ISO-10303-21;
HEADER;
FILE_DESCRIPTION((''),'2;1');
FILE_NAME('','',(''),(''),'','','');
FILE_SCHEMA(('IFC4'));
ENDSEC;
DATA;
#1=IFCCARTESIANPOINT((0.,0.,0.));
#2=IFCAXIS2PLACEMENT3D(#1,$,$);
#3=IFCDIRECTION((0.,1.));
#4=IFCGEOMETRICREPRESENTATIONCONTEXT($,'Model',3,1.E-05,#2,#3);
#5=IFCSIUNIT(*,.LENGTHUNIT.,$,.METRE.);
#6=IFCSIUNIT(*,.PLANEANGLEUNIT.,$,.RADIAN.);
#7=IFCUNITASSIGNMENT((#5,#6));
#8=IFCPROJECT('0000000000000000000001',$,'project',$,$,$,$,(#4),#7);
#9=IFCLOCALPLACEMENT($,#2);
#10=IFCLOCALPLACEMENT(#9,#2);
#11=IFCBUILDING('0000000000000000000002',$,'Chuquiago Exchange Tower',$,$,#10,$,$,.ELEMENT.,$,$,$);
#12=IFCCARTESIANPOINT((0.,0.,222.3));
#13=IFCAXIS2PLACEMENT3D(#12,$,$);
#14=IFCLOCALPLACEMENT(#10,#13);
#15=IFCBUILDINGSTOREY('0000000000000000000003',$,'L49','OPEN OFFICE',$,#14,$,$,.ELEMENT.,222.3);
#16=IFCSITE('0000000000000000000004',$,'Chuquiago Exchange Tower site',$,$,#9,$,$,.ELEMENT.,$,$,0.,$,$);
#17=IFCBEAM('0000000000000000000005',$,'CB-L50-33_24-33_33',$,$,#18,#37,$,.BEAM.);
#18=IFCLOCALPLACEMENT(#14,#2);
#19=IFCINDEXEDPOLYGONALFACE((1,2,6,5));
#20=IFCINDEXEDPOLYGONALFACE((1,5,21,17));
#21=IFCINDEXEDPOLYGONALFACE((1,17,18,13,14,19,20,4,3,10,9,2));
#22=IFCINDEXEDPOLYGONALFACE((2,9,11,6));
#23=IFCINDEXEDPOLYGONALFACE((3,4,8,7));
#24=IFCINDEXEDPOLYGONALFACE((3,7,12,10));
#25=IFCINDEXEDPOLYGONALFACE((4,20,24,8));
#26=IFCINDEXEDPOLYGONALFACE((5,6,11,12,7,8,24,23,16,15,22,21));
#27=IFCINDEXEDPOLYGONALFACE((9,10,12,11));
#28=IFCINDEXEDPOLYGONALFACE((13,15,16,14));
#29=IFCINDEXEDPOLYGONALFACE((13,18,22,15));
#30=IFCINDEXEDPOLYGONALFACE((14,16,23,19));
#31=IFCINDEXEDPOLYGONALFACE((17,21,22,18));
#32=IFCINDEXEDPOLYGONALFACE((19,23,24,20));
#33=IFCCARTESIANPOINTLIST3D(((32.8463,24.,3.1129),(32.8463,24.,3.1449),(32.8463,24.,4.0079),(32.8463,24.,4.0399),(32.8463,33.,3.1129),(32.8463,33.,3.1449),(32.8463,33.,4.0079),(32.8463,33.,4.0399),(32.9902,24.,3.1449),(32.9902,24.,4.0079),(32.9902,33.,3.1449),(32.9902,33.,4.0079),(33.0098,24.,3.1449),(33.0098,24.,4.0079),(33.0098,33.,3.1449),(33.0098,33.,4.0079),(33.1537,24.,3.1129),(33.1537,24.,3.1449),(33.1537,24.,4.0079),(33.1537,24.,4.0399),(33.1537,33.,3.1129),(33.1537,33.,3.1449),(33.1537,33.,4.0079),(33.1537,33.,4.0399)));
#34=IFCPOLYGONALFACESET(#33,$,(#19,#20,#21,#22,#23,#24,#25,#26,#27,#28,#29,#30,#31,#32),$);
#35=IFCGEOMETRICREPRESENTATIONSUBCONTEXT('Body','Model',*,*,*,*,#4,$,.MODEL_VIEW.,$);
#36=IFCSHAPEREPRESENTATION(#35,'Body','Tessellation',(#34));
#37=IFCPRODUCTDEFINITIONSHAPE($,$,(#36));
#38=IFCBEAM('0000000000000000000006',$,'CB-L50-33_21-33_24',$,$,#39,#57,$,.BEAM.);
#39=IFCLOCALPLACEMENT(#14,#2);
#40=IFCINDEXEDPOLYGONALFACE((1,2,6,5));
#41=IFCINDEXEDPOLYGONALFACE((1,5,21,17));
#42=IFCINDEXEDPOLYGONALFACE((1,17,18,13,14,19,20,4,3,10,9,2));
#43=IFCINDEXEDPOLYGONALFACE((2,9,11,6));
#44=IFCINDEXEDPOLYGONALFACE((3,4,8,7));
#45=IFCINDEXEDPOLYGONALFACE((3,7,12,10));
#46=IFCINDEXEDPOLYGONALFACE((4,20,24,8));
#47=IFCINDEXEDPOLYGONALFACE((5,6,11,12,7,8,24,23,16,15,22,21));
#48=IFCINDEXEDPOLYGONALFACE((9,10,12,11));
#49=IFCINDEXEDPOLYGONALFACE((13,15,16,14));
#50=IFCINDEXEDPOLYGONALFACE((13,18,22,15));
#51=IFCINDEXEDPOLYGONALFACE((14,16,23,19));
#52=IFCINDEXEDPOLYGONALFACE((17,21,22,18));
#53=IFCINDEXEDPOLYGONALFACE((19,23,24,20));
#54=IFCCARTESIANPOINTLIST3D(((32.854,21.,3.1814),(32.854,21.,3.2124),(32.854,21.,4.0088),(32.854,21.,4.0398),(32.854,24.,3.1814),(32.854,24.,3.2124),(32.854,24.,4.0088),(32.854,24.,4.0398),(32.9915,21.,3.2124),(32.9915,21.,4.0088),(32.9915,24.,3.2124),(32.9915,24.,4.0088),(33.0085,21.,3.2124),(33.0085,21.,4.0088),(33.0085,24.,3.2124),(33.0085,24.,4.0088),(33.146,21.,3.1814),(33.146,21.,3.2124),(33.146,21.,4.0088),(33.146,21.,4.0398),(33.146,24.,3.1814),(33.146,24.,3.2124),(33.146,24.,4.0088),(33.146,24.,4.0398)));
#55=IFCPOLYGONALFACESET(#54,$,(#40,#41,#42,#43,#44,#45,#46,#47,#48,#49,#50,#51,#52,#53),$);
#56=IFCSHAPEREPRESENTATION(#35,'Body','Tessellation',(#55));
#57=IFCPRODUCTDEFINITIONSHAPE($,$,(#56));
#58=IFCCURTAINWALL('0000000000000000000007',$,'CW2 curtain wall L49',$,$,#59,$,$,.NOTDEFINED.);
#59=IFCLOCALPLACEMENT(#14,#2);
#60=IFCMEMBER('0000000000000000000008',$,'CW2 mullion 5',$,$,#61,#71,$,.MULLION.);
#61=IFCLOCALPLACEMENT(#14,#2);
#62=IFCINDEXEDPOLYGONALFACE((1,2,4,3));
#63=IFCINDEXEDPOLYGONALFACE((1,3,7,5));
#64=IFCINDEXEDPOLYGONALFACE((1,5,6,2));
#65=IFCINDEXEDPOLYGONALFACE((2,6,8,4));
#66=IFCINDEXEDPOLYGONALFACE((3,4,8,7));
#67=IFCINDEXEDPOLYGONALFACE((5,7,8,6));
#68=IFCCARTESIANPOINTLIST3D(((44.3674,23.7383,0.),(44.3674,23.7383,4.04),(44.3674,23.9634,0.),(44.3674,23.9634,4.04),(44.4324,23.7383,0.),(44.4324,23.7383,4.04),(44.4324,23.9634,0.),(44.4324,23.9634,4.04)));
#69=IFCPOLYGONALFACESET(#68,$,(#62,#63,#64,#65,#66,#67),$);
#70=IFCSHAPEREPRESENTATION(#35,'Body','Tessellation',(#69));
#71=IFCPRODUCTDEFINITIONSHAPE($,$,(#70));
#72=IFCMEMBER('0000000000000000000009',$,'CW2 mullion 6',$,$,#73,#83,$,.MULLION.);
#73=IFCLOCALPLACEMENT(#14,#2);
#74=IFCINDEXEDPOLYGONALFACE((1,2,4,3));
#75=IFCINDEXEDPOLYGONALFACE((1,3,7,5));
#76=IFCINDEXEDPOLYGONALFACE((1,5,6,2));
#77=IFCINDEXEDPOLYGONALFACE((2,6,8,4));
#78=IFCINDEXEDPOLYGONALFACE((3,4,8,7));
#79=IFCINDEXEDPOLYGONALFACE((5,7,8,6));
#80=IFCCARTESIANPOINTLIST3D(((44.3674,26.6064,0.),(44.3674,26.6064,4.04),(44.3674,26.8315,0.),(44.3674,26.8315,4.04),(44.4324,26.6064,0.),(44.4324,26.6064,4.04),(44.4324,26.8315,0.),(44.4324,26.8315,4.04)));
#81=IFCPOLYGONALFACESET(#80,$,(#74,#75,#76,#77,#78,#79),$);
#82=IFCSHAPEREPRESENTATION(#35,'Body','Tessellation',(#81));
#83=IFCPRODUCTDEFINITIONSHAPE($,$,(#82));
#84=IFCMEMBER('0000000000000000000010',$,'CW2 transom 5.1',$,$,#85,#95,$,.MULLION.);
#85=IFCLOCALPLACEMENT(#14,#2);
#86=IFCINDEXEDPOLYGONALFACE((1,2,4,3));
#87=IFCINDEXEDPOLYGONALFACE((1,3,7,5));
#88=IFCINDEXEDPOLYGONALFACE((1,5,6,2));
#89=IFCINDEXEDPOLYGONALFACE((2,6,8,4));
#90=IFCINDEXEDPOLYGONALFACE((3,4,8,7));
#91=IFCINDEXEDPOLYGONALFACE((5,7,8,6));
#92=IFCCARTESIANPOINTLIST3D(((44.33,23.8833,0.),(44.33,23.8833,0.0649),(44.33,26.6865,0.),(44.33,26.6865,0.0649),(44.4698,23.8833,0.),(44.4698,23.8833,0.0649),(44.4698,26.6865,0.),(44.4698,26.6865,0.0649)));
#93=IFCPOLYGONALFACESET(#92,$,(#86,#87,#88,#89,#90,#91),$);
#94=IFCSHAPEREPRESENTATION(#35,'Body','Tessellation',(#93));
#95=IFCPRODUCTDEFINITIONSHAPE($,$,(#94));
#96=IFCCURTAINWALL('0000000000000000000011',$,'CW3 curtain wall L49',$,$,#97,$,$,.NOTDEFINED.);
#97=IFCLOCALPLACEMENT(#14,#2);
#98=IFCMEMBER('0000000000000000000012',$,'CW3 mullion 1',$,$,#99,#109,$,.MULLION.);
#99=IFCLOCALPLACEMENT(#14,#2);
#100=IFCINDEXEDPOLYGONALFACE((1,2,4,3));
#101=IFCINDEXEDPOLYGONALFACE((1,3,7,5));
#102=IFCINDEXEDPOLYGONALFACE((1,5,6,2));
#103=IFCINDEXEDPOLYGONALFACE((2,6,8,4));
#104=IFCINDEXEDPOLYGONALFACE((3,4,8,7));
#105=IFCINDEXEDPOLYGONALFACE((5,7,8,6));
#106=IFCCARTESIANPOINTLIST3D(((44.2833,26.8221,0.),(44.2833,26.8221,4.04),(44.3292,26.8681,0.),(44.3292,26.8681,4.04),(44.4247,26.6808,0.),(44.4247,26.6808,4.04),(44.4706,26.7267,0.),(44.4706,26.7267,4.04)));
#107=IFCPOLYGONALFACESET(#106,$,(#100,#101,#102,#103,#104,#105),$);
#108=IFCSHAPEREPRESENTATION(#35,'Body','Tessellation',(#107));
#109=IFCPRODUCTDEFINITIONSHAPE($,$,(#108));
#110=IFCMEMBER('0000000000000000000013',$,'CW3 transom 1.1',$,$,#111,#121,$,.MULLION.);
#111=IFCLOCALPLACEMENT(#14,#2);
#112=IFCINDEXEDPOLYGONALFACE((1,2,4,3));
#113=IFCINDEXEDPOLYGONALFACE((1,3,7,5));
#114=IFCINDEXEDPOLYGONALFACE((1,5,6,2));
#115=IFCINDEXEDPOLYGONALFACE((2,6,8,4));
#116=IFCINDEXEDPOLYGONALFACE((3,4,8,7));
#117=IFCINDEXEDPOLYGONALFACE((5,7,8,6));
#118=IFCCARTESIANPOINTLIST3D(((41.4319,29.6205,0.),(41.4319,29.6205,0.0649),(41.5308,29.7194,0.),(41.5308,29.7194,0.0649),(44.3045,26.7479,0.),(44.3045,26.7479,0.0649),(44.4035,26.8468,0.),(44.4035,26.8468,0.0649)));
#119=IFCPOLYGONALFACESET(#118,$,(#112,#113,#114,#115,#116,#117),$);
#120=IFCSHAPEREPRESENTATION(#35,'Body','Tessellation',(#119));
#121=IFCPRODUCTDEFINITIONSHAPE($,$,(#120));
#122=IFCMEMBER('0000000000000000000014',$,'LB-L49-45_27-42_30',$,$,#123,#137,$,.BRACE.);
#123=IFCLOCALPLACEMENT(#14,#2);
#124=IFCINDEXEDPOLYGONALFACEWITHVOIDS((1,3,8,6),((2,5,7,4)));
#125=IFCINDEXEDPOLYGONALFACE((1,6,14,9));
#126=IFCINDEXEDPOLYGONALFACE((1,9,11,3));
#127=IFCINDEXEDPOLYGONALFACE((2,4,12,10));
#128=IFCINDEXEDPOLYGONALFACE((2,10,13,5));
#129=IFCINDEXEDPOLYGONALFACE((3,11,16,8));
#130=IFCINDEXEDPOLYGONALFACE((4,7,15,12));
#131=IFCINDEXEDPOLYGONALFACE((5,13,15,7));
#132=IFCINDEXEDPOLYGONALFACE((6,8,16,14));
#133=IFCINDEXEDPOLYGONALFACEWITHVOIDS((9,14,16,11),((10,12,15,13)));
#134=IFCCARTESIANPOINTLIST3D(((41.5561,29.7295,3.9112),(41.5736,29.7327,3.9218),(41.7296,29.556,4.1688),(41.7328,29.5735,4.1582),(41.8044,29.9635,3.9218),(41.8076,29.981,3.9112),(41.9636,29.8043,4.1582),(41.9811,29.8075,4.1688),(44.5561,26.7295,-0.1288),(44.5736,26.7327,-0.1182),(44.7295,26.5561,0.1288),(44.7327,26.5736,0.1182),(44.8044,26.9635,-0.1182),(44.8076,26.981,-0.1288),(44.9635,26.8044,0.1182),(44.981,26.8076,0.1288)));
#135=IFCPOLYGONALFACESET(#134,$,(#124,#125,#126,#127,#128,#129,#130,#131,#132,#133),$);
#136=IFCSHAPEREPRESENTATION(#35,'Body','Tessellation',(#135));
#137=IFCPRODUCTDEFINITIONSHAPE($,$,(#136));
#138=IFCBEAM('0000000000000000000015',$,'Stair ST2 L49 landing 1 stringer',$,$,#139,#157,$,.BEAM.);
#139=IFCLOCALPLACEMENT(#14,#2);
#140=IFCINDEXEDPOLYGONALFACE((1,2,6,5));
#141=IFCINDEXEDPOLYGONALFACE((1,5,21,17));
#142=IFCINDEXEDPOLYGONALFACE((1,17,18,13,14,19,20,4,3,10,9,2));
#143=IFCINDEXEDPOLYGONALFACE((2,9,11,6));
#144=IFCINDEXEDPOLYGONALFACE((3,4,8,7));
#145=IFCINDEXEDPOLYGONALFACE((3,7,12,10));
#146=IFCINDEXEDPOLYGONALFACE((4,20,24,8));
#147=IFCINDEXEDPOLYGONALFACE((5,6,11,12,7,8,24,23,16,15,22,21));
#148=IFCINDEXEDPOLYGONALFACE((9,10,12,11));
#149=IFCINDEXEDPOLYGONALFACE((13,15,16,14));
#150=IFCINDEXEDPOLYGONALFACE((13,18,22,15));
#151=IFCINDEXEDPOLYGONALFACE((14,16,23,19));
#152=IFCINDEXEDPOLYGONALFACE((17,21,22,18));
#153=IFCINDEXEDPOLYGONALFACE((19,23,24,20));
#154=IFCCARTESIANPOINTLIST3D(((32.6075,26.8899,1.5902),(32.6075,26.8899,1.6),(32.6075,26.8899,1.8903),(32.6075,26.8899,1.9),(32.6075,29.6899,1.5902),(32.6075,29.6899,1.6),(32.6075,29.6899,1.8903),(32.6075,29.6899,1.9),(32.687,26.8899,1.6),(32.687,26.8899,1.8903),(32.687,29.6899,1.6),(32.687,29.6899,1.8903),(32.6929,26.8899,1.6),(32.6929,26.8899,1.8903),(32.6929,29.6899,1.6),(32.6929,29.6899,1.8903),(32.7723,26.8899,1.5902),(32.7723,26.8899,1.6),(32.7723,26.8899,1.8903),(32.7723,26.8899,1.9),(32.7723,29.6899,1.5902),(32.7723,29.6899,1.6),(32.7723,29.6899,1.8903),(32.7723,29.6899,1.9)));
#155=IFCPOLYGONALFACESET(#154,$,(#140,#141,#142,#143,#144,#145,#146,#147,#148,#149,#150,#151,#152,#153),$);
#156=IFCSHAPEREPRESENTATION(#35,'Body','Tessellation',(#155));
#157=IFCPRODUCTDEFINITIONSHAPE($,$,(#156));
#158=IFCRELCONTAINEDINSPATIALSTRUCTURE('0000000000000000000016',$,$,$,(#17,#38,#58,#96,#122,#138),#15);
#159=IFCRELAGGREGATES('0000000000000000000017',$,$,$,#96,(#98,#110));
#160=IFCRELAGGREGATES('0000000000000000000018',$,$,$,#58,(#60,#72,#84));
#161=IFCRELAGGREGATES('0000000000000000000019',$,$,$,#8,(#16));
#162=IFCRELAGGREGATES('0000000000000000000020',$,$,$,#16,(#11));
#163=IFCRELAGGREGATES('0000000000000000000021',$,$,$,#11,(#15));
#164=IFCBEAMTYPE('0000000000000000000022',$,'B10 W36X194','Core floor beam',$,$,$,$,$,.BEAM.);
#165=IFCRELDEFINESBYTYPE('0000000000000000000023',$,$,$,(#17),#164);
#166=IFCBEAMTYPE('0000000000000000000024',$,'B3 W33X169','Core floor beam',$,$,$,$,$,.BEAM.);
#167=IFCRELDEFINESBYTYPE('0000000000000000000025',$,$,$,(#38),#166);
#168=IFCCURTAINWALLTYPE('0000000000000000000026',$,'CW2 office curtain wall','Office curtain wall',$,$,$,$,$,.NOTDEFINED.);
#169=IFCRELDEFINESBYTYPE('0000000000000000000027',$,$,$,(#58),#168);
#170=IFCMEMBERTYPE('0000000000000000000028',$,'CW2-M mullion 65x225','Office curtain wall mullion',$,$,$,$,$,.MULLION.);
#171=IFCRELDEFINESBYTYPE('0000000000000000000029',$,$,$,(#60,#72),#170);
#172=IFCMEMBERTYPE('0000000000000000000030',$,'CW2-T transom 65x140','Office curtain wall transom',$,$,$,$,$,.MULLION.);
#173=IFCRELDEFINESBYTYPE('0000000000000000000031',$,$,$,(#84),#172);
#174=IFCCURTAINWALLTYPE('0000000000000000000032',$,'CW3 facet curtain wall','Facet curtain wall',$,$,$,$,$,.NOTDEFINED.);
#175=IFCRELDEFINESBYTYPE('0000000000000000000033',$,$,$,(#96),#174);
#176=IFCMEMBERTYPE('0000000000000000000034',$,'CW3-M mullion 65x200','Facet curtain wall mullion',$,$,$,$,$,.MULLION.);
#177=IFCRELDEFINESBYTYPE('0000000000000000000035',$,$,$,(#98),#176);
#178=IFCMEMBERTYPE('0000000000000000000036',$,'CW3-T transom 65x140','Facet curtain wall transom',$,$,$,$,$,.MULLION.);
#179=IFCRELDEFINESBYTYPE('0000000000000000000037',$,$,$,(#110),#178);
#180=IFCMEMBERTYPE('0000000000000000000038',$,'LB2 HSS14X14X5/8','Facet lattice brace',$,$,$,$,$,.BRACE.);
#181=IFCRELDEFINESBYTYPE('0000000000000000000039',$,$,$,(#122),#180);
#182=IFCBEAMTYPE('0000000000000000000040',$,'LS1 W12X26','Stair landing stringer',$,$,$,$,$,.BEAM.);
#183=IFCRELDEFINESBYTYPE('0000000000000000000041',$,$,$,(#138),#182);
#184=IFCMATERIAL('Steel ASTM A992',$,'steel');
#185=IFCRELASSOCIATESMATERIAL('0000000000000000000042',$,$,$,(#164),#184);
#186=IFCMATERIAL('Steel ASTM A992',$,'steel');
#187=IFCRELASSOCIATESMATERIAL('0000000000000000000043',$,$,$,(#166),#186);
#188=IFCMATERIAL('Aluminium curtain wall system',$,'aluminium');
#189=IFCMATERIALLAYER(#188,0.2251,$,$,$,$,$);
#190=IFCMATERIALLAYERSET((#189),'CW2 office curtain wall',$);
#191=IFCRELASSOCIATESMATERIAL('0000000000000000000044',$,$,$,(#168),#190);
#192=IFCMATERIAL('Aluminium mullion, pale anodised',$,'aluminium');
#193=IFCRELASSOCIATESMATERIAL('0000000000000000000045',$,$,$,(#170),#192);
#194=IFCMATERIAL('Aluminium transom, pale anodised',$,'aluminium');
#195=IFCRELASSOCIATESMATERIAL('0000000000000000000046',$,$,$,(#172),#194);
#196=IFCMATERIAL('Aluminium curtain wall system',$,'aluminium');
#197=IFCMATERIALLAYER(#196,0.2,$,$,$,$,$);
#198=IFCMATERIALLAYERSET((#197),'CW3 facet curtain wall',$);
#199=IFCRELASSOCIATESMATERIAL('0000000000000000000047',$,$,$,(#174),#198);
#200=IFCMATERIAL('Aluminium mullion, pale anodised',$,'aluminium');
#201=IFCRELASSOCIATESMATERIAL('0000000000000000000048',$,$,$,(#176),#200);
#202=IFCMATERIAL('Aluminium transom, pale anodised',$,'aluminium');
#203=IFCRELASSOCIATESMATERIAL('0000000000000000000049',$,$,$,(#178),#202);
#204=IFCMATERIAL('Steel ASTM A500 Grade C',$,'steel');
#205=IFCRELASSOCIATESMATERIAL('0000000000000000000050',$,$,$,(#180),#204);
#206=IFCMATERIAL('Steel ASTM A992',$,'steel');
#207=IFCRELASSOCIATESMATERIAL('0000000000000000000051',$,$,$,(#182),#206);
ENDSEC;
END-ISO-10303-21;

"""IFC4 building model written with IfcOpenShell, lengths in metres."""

from ifc_helpers import new_model, si_unit, direction, frame, origin, origin_2d, place, context, subcontext, project, spatial, rectangle, hollow_rectangle, i_section, extrude, material, layer, layer_set, material_profile, profile_set, type_object, element, aggregate, save


model = new_model("IFC4")

# Units and contexts
model_context = context("Model", 3, precision=1e-05, world=origin(), true_north=direction((0.0, 1.0)))
body_context = subcontext(model_context, "Body", "Model", "MODEL_VIEW")
ifc_project = project(units=[si_unit("LENGTHUNIT", "METRE"), si_unit("PLANEANGLEUNIT", "RADIAN")], contexts=[model_context])

# Site, building, storey
site_placement = place(None, origin())
site = spatial("IfcSite", under=ifc_project, at=site_placement, Name="Chuquiago Exchange Tower site", CompositionType="ELEMENT", RefElevation=0.0)
building_placement = place(site_placement, origin())
building = spatial("IfcBuilding", under=site, at=building_placement, Name="Chuquiago Exchange Tower", CompositionType="ELEMENT")
storey_placement = place(building_placement, frame((0.0, 0.0, 222.3)))
storey = spatial("IfcBuildingStorey", under=building, at=storey_placement, Name="L49", Description="OPEN OFFICE", CompositionType="ELEMENT", Elevation=222.3)

# Beams
ifc_material_1 = material(Name="Steel ASTM A992", Category="steel")
ifc_material_profile_1 = material_profile(ifc_material_1, i_section(OverallWidth=0.3074, OverallDepth=0.927, WebThickness=0.0195, FlangeThickness=0.032, at=origin_2d()), Name="W36X194")
ifc_profile_set_1 = profile_set([ifc_material_profile_1], Name="Steel ASTM A992")
beam_type_1 = type_object("IfcBeamType", Name="B10 W36X194", Description="Core floor beam", PredefinedType="BEAM", material=ifc_profile_set_1)
beam_1_placement = place(storey_placement, frame((33.0, 24.0, 3.5764), z_axis=(0.0, 1.0, 0.0), x_axis=(-1.0, 0.0, 0.0)))
element("IfcBeam", 1, at=beam_1_placement, inside=storey, type_object=beam_type_1, Name="CB-L50-33_24-33_33", PredefinedType="BEAM", context=body_context, shape_type="SweptSolid", body=[
    extrude(i_section(OverallWidth=0.3074, OverallDepth=0.927, WebThickness=0.0195, FlangeThickness=0.032, at=origin_2d()), origin(), (0.0, 0.0, 1.0), 9.0),
])
ifc_material_2 = material(Name="Steel ASTM A992", Category="steel")
ifc_material_profile_2 = material_profile(ifc_material_2, i_section(OverallWidth=0.292, OverallDepth=0.8584, WebThickness=0.0171, FlangeThickness=0.031, at=origin_2d()), Name="W33X169")
ifc_profile_set_2 = profile_set([ifc_material_profile_2], Name="Steel ASTM A992")
beam_type_2 = type_object("IfcBeamType", Name="B3 W33X169", Description="Core floor beam", PredefinedType="BEAM", material=ifc_profile_set_2)
beam_2_placement = place(storey_placement, frame((33.0, 21.0, 3.6106), z_axis=(0.0, 1.0, 0.0), x_axis=(-1.0, 0.0, 0.0)))
element("IfcBeam", 2, at=beam_2_placement, inside=storey, type_object=beam_type_2, Name="CB-L50-33_21-33_24", PredefinedType="BEAM", context=body_context, shape_type="SweptSolid", body=[
    extrude(i_section(OverallWidth=0.292, OverallDepth=0.8584, WebThickness=0.0171, FlangeThickness=0.031, at=origin_2d()), origin(), (0.0, 0.0, 1.0), 3.0),
])

# Curtain walls, members
ifc_material_3 = material(Name="Aluminium curtain wall system", Category="aluminium")
ifc_layer_1 = layer(ifc_material_3, 0.2251)
ifc_layer_set_1 = layer_set([ifc_layer_1], Name="CW2 office curtain wall")
curtain_wall_type_1 = type_object("IfcCurtainWallType", Name="CW2 office curtain wall", Description="Office curtain wall", PredefinedType="NOTDEFINED", material=ifc_layer_set_1)
curtain_wall_1_placement = place(storey_placement, origin())
curtain_wall_1 = element("IfcCurtainWall", 3, at=curtain_wall_1_placement, inside=storey, type_object=curtain_wall_type_1, Name="CW2 curtain wall L49", PredefinedType="NOTDEFINED")
ifc_material_4 = material(Name="Aluminium mullion, pale anodised", Category="aluminium")
ifc_material_profile_3 = material_profile(ifc_material_4, rectangle(XDim=0.0649, YDim=0.2251, at=origin_2d()), Name="AL 65x225")
ifc_profile_set_3 = profile_set([ifc_material_profile_3], Name="Aluminium mullion, pale anodised")
member_type_1 = type_object("IfcMemberType", Name="CW2-M mullion 65x225", Description="Office curtain wall mullion", PredefinedType="MULLION", material=ifc_profile_set_3)
member_1_placement = place(storey_placement, frame((44.3999, 23.8508, 0.0), z_axis=(0.0, 0.0, 1.0), x_axis=(-1.0, 0.0, 0.0)))
member_1 = element("IfcMember", 4, at=member_1_placement, type_object=member_type_1, Name="CW2 mullion 5", PredefinedType="MULLION", context=body_context, shape_type="SweptSolid", body=[
    extrude(rectangle(XDim=0.0649, YDim=0.2251, at=origin_2d()), origin(), (0.0, 0.0, 1.0), 4.04),
])
member_2_placement = place(storey_placement, frame((44.3999, 26.719, 0.0), z_axis=(0.0, 0.0, 1.0), x_axis=(-1.0, 0.0, 0.0)))
member_2 = element("IfcMember", 5, at=member_2_placement, type_object=member_type_1, Name="CW2 mullion 6", PredefinedType="MULLION", context=body_context, shape_type="SweptSolid", body=[
    extrude(rectangle(XDim=0.0649, YDim=0.2251, at=origin_2d()), origin(), (0.0, 0.0, 1.0), 4.04),
])
ifc_material_5 = material(Name="Aluminium transom, pale anodised", Category="aluminium")
ifc_material_profile_4 = material_profile(ifc_material_5, rectangle(XDim=0.1399, YDim=0.0649, at=origin_2d()), Name="AL 140x65")
ifc_profile_set_4 = profile_set([ifc_material_profile_4], Name="Aluminium transom, pale anodised")
member_type_2 = type_object("IfcMemberType", Name="CW2-T transom 65x140", Description="Office curtain wall transom", PredefinedType="MULLION", material=ifc_profile_set_4)
member_3_placement = place(storey_placement, frame((44.3999, 23.8833, 0.0325), z_axis=(0.0, 1.0, 0.0), x_axis=(-1.0, 0.0, 0.0)))
member_3 = element("IfcMember", 6, at=member_3_placement, type_object=member_type_2, Name="CW2 transom 5.1", PredefinedType="MULLION", context=body_context, shape_type="SweptSolid", body=[
    extrude(rectangle(XDim=0.1399, YDim=0.0649, at=origin_2d()), origin(), (0.0, 0.0, 1.0), 2.8032),
])
ifc_material_6 = material(Name="Aluminium curtain wall system", Category="aluminium")
ifc_layer_2 = layer(ifc_material_6, 0.2)
ifc_layer_set_2 = layer_set([ifc_layer_2], Name="CW3 facet curtain wall")
curtain_wall_type_2 = type_object("IfcCurtainWallType", Name="CW3 facet curtain wall", Description="Facet curtain wall", PredefinedType="NOTDEFINED", material=ifc_layer_set_2)
curtain_wall_2_placement = place(storey_placement, origin())
curtain_wall_2 = element("IfcCurtainWall", 7, at=curtain_wall_2_placement, inside=storey, type_object=curtain_wall_type_2, Name="CW3 curtain wall L49", PredefinedType="NOTDEFINED")
ifc_material_7 = material(Name="Aluminium mullion, pale anodised", Category="aluminium")
ifc_material_profile_5 = material_profile(ifc_material_7, rectangle(XDim=0.0649, YDim=0.2, at=origin_2d()), Name="AL 65x200")
ifc_profile_set_5 = profile_set([ifc_material_profile_5], Name="Aluminium mullion, pale anodised")
member_type_3 = type_object("IfcMemberType", Name="CW3-M mullion 65x200", Description="Facet curtain wall mullion", PredefinedType="MULLION", material=ifc_profile_set_5)
member_4_placement = place(storey_placement, frame((44.377, 26.7744, 0.0), z_axis=(0.0, 0.0, 1.0), x_axis=(-0.707107, -0.707107, 0.0)))
member_4 = element("IfcMember", 8, at=member_4_placement, type_object=member_type_3, Name="CW3 mullion 1", PredefinedType="MULLION", context=body_context, shape_type="SweptSolid", body=[
    extrude(rectangle(XDim=0.0649, YDim=0.2, at=origin_2d()), origin(), (0.0, 0.0, 1.0), 4.04),
])
ifc_material_8 = material(Name="Aluminium transom, pale anodised", Category="aluminium")
ifc_material_profile_6 = material_profile(ifc_material_8, rectangle(XDim=0.1399, YDim=0.0649, at=origin_2d()), Name="AL 140x65")
ifc_profile_set_6 = profile_set([ifc_material_profile_6], Name="Aluminium transom, pale anodised")
member_type_4 = type_object("IfcMemberType", Name="CW3-T transom 65x140", Description="Facet curtain wall transom", PredefinedType="MULLION", material=ifc_profile_set_6)
member_5_placement = place(storey_placement, frame((44.354, 26.7974, 0.0325), z_axis=(-0.707107, 0.707107, 0.0), x_axis=(-0.707107, -0.707107, 0.0)))
member_5 = element("IfcMember", 9, at=member_5_placement, type_object=member_type_4, Name="CW3 transom 1.1", PredefinedType="MULLION", context=body_context, shape_type="SweptSolid", body=[
    extrude(rectangle(XDim=0.1399, YDim=0.0649, at=origin_2d()), origin(), (0.0, 0.0, 1.0), 4.0625),
])
aggregate(curtain_wall_2, [member_4, member_5])

# Member
ifc_material_9 = material(Name="Steel ASTM A500 Grade C", Category="steel")
ifc_material_profile_7 = material_profile(ifc_material_9, hollow_rectangle(XDim=0.3557, YDim=0.3557, WallThickness=0.0146, at=origin_2d()), Name="HSS14X14X5/8")
ifc_profile_set_7 = profile_set([ifc_material_profile_7], Name="Steel ASTM A500 Grade C")
member_type_5 = type_object("IfcMemberType", Name="LB2 HSS14X14X5/8", Description="Facet lattice brace", PredefinedType="BRACE", material=ifc_profile_set_7)
member_6_placement = place(storey_placement, frame((44.7686, 26.7686, 0.0), z_axis=(-0.512077, 0.512077, 0.689604), x_axis=(-0.707107, -0.707107, 0.0)))
element("IfcMember", 10, at=member_6_placement, inside=storey, type_object=member_type_5, Name="LB-L49-45_27-42_30", PredefinedType="BRACE", context=body_context, shape_type="SweptSolid", body=[
    extrude(hollow_rectangle(XDim=0.3557, YDim=0.3557, WallThickness=0.0146, at=origin_2d()), origin(), (0.0, 0.0, 1.0), 5.8584),
])

# Beam
ifc_material_10 = material(Name="Steel ASTM A992", Category="steel")
ifc_material_profile_8 = material_profile(ifc_material_10, i_section(OverallWidth=0.1648, OverallDepth=0.3098, WebThickness=0.0059, FlangeThickness=0.0098, at=origin_2d()), Name="W12X26")
ifc_profile_set_8 = profile_set([ifc_material_profile_8], Name="Steel ASTM A992")
beam_type_3 = type_object("IfcBeamType", Name="LS1 W12X26", Description="Stair landing stringer", PredefinedType="BEAM", material=ifc_profile_set_8)
beam_3_placement = place(storey_placement, frame((32.6899, 26.8899, 1.7451), z_axis=(0.0, 1.0, 0.0), x_axis=(-1.0, 0.0, 0.0)))
element("IfcBeam", 11, at=beam_3_placement, inside=storey, type_object=beam_type_3, Name="Stair ST2 L49 landing 1 stringer", PredefinedType="BEAM", context=body_context, shape_type="SweptSolid", body=[
    extrude(i_section(OverallWidth=0.1648, OverallDepth=0.3098, WebThickness=0.0059, FlangeThickness=0.0098, at=origin_2d()), origin(), (0.0, 0.0, 1.0), 2.8),
])

aggregate(curtain_wall_1, [member_1, member_2, member_3])

save(model, "model.ifc")
